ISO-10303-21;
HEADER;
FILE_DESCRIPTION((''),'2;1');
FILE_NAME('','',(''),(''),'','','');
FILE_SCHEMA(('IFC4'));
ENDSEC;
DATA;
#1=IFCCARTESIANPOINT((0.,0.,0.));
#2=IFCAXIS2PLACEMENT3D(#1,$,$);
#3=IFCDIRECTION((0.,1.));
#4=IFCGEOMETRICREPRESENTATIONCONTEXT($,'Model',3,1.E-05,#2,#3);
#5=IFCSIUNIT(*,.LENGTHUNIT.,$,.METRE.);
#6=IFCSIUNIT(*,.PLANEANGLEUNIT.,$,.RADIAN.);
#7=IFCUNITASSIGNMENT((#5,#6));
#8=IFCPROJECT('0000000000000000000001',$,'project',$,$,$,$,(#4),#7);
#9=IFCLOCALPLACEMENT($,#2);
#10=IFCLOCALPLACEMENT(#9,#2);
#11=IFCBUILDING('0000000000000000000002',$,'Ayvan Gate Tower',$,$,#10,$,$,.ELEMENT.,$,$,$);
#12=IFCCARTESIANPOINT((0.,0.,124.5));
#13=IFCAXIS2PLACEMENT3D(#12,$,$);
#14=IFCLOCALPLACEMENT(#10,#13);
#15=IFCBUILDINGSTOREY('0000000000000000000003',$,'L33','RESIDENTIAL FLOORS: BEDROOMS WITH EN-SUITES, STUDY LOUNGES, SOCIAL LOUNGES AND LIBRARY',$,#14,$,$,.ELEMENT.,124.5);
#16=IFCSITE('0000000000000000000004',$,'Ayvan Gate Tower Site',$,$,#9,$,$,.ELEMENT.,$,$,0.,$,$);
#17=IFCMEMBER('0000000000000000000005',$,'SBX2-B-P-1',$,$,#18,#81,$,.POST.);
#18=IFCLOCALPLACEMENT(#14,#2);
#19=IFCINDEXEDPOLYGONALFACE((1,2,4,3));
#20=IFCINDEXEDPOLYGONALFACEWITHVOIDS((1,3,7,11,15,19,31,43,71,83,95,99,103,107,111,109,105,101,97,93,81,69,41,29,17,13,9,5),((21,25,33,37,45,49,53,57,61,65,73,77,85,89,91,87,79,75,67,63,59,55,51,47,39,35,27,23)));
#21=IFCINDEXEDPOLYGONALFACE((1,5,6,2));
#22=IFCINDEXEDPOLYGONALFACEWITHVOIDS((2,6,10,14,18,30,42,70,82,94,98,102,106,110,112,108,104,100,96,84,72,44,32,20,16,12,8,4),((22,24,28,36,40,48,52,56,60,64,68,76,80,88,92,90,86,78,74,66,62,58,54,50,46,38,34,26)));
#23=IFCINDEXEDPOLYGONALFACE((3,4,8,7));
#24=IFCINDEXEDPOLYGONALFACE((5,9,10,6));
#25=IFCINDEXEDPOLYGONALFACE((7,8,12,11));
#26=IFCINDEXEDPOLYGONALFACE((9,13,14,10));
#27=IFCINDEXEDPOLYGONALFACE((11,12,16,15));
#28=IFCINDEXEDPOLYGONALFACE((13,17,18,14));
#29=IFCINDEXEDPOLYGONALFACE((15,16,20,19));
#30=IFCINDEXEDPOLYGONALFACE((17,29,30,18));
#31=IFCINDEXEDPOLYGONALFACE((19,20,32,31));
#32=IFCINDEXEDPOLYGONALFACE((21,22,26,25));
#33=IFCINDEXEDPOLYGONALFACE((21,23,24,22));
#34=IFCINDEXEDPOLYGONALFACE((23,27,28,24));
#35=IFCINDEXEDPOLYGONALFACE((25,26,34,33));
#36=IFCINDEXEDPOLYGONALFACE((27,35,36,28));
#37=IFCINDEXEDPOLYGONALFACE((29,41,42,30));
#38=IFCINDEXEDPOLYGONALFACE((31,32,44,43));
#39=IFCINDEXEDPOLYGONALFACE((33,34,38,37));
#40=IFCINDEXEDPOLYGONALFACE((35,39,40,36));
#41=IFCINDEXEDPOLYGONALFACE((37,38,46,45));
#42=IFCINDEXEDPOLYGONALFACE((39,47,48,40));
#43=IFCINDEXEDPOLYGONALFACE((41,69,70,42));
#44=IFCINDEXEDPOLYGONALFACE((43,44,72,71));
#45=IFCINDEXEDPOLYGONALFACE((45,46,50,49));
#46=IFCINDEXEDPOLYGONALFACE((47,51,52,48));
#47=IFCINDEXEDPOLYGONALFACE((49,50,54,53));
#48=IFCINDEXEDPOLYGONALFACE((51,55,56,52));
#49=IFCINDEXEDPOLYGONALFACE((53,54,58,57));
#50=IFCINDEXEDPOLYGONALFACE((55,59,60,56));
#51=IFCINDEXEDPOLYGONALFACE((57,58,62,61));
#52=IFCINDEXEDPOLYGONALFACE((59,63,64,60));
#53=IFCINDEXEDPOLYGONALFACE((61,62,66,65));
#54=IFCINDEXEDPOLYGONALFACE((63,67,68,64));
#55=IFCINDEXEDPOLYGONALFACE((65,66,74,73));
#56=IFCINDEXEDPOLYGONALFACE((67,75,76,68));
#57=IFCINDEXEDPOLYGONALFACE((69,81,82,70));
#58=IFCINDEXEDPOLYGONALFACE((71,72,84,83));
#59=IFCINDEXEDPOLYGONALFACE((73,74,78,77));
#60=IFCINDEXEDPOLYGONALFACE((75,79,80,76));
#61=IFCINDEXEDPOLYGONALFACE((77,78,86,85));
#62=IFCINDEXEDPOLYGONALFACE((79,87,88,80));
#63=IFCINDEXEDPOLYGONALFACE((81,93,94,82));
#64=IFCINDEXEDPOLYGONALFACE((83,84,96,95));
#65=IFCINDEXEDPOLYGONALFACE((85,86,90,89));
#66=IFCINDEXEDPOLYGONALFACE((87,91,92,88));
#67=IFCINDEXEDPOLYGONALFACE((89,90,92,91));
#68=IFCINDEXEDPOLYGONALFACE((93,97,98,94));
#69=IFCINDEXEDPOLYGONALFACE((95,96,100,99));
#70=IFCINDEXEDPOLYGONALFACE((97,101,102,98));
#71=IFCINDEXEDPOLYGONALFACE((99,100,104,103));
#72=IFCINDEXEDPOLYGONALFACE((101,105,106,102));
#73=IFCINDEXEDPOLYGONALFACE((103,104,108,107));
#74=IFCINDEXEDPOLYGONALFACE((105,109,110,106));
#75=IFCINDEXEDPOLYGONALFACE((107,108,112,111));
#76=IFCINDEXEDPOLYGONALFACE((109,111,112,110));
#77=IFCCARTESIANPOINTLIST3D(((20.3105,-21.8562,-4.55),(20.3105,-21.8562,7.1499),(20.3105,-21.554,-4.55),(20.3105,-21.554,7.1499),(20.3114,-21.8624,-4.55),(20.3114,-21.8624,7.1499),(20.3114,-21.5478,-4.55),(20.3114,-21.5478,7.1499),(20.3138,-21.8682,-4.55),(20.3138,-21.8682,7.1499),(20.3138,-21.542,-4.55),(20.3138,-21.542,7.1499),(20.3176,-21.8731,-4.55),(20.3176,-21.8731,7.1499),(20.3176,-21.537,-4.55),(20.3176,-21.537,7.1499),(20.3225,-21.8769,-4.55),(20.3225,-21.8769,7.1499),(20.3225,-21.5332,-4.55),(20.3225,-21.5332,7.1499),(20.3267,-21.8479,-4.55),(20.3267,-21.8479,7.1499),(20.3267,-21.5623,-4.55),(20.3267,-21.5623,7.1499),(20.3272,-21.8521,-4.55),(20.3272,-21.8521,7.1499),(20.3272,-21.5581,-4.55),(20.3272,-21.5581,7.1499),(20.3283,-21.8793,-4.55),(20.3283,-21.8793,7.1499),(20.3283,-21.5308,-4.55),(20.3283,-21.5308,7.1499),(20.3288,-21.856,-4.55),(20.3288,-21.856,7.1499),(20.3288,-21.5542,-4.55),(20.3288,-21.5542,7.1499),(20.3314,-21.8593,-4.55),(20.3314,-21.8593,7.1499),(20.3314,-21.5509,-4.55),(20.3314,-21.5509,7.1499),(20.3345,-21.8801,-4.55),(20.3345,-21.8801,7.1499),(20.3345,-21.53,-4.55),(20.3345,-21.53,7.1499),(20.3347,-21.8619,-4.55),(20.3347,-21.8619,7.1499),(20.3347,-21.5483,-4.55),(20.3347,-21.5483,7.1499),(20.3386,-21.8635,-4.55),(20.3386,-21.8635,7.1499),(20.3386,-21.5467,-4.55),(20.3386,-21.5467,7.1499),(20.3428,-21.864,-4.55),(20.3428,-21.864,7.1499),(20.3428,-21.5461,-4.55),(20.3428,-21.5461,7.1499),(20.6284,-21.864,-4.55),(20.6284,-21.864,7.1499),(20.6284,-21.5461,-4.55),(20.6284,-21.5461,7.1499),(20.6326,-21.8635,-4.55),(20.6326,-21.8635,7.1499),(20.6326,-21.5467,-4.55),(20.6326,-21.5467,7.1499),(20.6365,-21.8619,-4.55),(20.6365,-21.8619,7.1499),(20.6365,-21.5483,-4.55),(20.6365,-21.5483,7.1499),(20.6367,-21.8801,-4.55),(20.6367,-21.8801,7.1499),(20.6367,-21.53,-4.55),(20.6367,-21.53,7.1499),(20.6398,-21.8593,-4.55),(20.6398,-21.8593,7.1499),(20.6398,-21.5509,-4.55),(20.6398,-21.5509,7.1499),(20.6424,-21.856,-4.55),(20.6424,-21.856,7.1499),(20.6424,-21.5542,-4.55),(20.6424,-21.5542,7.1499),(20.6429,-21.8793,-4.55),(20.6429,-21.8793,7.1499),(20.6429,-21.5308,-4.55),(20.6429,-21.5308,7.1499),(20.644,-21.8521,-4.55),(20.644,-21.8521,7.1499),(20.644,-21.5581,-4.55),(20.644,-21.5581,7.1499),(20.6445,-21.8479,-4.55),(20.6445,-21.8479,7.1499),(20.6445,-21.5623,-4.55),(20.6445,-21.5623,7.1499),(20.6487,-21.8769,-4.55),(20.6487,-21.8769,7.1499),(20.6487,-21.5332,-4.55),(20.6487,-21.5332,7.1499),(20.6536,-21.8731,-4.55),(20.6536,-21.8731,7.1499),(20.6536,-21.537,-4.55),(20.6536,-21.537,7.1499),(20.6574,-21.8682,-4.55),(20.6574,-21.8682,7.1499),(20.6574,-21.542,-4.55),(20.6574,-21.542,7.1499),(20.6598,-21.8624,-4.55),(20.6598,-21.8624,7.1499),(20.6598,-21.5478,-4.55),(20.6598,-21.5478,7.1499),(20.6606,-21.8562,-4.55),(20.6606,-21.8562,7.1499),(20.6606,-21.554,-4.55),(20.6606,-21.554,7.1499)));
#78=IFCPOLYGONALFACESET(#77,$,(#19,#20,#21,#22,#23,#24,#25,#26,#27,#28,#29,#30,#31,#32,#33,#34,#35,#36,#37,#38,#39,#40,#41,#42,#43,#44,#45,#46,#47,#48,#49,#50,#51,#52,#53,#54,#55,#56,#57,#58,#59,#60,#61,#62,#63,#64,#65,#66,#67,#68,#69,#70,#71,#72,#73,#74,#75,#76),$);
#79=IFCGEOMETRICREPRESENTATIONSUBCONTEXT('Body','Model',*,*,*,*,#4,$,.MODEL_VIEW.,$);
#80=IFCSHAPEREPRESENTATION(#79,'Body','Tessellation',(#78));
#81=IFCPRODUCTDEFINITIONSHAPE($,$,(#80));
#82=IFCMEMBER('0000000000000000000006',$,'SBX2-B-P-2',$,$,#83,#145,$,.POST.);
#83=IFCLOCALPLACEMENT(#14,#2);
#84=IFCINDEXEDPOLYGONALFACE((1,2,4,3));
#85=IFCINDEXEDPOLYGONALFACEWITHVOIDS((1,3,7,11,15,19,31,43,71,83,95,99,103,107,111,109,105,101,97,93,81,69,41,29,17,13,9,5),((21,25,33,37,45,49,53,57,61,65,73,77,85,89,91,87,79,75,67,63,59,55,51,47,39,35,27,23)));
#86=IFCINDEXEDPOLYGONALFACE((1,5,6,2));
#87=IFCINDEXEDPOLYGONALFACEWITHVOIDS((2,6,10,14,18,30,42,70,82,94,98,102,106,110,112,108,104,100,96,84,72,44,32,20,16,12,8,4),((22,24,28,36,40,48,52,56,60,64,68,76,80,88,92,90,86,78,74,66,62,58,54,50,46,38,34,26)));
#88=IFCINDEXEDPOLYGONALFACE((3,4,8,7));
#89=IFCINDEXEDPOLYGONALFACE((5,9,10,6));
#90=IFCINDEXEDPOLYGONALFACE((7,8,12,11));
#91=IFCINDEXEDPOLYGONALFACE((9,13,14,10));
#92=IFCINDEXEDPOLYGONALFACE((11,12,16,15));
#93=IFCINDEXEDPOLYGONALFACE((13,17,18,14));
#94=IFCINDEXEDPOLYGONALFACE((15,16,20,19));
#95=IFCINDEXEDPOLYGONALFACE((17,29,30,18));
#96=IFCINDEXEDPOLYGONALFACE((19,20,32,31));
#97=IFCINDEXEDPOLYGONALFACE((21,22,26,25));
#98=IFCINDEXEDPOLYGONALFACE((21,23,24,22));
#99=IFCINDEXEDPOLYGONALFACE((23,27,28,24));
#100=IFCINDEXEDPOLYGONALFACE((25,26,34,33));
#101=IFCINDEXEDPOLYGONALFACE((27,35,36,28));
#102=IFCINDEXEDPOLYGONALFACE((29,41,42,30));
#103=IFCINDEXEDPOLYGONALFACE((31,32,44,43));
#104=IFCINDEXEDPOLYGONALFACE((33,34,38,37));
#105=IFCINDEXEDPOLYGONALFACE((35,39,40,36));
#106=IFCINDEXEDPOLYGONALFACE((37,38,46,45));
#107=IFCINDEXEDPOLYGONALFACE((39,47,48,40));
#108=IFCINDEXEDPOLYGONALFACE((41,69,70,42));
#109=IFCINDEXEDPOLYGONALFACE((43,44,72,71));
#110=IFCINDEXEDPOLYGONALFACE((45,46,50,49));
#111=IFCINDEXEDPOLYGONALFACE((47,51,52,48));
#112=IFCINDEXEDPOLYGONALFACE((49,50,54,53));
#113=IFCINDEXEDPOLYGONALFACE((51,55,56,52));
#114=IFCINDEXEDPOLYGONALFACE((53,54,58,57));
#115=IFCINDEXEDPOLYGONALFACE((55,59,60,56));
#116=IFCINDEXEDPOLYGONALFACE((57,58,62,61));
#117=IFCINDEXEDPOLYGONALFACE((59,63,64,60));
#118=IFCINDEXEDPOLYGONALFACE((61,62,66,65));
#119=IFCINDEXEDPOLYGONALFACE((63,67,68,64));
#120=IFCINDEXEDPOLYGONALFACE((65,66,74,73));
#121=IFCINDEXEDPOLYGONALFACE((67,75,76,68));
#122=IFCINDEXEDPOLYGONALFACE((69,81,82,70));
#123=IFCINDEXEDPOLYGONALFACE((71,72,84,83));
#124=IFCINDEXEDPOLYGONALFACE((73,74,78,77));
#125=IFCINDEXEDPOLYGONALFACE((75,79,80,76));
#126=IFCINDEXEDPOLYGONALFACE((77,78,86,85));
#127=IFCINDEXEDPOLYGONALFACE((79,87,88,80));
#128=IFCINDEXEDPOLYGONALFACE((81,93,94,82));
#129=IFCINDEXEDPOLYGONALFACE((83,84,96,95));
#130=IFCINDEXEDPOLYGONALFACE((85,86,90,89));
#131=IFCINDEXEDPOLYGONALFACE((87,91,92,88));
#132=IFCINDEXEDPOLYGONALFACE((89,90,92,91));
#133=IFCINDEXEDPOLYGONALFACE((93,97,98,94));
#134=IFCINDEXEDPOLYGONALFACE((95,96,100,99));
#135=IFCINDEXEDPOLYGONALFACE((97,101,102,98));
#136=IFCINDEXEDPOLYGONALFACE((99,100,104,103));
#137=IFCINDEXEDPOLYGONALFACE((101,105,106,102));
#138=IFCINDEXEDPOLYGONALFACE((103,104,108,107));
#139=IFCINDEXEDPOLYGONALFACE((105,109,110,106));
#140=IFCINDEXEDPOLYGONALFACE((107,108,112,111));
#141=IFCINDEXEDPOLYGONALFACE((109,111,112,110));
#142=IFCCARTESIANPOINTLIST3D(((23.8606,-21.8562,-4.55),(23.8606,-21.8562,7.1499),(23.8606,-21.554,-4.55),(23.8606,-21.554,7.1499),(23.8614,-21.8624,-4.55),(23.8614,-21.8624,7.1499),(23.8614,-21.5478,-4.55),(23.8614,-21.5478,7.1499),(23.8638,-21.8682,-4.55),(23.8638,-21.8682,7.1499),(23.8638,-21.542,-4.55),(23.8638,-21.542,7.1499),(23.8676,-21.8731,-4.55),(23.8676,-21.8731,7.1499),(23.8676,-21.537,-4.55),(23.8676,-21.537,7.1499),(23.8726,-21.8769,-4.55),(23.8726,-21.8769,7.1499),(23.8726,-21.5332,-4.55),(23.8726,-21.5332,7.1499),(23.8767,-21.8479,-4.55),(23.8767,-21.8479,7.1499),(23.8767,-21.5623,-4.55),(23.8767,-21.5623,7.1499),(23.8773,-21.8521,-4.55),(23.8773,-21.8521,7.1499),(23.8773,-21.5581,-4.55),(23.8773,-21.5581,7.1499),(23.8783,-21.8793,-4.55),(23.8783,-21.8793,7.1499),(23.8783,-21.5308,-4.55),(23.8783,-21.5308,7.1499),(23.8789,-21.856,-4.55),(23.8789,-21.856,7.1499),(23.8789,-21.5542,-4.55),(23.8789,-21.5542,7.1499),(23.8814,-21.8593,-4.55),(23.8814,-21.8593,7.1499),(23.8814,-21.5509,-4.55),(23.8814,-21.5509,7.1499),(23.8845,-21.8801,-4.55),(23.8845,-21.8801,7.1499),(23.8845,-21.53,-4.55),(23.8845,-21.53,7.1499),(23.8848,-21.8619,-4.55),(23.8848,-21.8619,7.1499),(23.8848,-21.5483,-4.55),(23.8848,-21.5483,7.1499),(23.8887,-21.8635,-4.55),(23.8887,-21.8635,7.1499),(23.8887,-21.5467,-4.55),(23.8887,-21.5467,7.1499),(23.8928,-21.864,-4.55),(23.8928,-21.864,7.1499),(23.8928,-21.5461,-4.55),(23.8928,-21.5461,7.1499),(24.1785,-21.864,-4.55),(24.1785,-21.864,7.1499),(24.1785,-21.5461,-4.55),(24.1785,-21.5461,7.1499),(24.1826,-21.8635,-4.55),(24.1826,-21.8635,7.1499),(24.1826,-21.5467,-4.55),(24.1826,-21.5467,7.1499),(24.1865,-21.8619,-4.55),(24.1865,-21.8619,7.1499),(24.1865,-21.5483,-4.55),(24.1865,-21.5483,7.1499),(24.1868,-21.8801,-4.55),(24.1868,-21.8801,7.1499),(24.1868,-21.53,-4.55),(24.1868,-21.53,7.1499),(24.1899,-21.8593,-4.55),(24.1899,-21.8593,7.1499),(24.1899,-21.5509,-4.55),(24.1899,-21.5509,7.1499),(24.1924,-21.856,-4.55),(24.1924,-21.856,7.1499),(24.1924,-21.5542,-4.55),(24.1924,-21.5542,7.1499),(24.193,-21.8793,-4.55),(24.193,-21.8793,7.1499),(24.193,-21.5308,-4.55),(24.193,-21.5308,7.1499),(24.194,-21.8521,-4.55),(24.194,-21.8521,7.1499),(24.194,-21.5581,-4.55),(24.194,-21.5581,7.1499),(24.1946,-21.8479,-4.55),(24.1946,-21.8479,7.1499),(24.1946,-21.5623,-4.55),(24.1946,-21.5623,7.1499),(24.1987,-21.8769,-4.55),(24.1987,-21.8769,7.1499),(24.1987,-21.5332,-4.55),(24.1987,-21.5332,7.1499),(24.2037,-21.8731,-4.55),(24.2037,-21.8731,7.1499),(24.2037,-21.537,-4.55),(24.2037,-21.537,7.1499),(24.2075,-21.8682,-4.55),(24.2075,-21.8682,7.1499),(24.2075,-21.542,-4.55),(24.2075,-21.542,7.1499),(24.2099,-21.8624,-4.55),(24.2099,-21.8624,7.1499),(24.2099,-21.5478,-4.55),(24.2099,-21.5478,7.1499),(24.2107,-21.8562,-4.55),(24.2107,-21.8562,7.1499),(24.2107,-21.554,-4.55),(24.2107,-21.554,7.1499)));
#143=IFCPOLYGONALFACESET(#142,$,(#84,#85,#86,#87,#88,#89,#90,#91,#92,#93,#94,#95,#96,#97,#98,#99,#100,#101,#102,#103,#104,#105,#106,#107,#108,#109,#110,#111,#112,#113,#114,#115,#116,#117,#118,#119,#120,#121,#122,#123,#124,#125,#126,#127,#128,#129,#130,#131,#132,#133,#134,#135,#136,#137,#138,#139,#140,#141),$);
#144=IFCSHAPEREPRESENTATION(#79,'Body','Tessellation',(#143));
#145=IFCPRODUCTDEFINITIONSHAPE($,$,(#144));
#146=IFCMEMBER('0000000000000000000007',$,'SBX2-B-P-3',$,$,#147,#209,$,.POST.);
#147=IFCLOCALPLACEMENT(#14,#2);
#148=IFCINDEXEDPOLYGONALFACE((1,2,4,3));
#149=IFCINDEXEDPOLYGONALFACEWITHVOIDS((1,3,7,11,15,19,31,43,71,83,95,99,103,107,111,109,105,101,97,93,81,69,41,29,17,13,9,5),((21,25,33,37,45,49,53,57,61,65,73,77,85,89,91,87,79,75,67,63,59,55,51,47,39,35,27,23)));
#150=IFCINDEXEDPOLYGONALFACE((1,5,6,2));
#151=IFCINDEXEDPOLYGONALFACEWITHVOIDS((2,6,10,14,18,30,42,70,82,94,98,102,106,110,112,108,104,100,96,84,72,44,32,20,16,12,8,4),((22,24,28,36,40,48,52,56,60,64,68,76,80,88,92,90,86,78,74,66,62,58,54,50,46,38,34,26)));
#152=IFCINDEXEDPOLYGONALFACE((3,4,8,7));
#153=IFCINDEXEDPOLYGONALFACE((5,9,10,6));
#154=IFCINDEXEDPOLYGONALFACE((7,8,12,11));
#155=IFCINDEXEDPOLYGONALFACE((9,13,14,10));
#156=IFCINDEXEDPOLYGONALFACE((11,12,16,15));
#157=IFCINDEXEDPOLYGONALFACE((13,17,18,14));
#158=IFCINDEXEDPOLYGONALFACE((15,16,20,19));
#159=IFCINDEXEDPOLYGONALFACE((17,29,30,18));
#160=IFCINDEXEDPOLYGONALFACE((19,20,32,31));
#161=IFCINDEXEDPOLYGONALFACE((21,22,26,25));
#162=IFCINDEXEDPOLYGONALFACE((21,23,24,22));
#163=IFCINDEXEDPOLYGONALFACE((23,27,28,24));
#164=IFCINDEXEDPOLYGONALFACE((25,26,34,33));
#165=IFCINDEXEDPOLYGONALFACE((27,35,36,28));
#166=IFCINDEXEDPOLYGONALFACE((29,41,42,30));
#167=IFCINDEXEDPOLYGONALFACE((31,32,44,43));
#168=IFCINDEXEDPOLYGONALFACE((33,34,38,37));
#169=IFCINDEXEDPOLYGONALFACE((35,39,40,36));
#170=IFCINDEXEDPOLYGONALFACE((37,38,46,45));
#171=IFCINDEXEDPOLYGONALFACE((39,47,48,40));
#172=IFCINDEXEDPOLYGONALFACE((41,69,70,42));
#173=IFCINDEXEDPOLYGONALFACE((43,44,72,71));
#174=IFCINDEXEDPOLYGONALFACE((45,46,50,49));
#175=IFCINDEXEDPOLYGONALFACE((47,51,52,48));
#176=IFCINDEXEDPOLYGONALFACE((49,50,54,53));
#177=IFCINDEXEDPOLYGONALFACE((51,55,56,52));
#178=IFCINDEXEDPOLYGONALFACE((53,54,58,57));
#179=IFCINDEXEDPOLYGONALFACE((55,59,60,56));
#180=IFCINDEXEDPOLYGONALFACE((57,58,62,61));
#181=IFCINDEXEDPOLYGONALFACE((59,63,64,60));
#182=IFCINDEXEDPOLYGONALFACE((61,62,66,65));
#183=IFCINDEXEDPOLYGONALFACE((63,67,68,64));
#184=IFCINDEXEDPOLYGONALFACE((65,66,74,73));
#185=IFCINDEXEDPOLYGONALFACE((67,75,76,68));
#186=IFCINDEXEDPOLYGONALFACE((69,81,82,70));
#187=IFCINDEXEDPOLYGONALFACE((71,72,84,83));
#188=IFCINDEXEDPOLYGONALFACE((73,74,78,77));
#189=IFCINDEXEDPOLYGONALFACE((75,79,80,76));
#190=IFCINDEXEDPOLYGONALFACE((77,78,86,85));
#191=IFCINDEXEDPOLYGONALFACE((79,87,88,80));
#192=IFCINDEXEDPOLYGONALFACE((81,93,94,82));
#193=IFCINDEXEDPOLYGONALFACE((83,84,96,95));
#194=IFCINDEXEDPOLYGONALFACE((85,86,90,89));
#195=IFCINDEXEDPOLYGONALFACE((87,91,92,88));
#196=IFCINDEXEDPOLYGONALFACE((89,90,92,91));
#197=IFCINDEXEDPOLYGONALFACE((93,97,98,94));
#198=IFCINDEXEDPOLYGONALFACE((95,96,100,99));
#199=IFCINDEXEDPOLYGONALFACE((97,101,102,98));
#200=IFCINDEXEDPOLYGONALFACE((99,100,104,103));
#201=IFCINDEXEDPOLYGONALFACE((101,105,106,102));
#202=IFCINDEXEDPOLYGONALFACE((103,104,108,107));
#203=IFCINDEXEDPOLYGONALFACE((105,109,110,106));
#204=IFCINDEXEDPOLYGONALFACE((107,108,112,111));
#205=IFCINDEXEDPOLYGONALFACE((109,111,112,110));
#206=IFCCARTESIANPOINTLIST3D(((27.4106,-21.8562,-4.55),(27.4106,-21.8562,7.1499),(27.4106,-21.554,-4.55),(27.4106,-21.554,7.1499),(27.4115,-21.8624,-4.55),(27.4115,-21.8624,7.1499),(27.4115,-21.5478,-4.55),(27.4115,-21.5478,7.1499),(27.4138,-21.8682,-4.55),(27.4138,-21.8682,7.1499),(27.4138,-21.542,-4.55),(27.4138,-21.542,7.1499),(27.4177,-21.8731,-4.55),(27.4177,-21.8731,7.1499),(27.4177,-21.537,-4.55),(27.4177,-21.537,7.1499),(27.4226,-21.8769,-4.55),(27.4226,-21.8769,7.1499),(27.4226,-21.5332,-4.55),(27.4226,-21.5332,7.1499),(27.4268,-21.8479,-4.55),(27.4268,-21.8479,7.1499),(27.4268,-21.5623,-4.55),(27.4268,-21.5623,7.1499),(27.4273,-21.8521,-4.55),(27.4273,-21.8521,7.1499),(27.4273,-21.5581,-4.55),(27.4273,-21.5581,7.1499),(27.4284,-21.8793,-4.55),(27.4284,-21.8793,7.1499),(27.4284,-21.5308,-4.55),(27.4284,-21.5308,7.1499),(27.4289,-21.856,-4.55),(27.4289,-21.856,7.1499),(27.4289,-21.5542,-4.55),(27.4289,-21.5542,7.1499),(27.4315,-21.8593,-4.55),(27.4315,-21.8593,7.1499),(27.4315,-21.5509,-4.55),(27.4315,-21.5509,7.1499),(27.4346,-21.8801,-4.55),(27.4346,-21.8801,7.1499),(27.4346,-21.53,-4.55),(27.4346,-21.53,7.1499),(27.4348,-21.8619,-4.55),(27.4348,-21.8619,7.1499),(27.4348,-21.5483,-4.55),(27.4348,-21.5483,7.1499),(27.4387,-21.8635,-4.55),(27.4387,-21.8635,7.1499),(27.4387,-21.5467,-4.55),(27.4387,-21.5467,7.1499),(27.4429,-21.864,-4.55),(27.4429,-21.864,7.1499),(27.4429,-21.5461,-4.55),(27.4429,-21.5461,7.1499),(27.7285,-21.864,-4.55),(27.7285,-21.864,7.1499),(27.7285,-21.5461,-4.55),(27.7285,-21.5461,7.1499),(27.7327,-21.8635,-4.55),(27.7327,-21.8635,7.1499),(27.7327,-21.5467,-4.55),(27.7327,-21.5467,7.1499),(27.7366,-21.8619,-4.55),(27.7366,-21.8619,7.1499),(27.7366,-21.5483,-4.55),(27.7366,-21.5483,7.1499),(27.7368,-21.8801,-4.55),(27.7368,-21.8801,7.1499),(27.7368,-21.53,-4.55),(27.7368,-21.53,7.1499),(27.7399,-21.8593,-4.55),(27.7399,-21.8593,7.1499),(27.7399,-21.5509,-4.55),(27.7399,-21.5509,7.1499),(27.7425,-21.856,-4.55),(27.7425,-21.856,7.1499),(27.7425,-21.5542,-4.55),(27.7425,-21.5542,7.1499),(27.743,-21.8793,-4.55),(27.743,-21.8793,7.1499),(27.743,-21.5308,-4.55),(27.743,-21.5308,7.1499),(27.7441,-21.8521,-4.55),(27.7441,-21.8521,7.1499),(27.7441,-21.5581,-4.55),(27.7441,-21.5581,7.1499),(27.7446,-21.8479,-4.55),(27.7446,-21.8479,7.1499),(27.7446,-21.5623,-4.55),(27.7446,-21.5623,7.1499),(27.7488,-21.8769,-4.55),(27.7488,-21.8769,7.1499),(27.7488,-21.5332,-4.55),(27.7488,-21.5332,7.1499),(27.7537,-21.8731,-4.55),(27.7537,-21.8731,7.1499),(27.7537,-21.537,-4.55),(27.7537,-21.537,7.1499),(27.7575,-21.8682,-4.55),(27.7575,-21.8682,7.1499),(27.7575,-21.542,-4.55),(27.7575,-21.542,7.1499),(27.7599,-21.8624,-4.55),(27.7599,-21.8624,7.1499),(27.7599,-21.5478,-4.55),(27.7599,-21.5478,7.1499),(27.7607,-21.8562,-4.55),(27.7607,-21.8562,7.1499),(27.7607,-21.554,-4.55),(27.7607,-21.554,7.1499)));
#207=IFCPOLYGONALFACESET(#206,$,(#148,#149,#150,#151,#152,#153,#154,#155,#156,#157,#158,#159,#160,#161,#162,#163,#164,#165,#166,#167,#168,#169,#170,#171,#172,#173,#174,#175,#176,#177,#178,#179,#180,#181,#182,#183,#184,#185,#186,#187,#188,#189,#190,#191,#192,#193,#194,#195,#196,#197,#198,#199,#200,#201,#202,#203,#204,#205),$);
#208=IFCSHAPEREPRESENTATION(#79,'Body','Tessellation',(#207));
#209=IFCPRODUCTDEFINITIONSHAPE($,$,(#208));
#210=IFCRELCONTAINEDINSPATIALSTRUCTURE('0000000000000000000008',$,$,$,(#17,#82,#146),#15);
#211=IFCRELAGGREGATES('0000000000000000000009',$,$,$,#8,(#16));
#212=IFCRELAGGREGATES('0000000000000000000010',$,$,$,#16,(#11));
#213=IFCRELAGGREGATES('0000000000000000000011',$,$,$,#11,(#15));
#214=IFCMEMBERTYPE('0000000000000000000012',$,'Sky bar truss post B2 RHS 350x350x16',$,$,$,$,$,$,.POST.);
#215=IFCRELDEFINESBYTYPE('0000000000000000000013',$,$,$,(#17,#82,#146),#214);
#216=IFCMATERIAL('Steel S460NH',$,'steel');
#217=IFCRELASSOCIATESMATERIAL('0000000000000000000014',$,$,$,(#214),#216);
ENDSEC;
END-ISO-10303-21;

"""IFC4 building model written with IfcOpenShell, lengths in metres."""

from ifc_helpers import new_model, si_unit, direction, frame, origin, origin_2d, place, context, subcontext, project, spatial, hollow_rectangle, extrude, material, material_profile, profile_set, type_object, element, save


model = new_model("IFC4")

# Units and contexts
model_context = context("Model", 3, precision=1e-05, world=origin(), true_north=direction((0.0, 1.0)))
body_context = subcontext(model_context, "Body", "Model", "MODEL_VIEW")
ifc_project = project(units=[si_unit("LENGTHUNIT", "METRE"), si_unit("PLANEANGLEUNIT", "RADIAN")], contexts=[model_context])

# Site, building, storey
site_placement = place(None, origin())
site = spatial("IfcSite", under=ifc_project, at=site_placement, Name="Ayvan Gate Tower Site", CompositionType="ELEMENT", RefElevation=0.0)
building_placement = place(site_placement, origin())
building = spatial("IfcBuilding", under=site, at=building_placement, Name="Ayvan Gate Tower", CompositionType="ELEMENT")
storey_placement = place(building_placement, frame((0.0, 0.0, 124.5)))
storey = spatial("IfcBuildingStorey", under=building, at=storey_placement, Name="L33", Description="RESIDENTIAL FLOORS: BEDROOMS WITH EN-SUITES, STUDY LOUNGES, SOCIAL LOUNGES AND LIBRARY", CompositionType="ELEMENT", Elevation=124.5)

# Members
ifc_material_1 = material(Name="Steel S460NH", Category="steel")
ifc_material_profile_1 = material_profile(ifc_material_1, hollow_rectangle(XDim=0.3501, YDim=0.3501, WallThickness=0.0161, InnerFilletRadius=0.0161, OuterFilletRadius=0.0239, at=origin_2d()), Name="RHS 350x350x16")
ifc_profile_set_1 = profile_set([ifc_material_profile_1], Name="Steel S460NH")
member_type_1 = type_object("IfcMemberType", Name="Sky bar truss post B2 RHS 350x350x16", PredefinedType="POST", material=ifc_profile_set_1)
for number, where, z_axis, x_axis, name in (
    (1, (20.4856, -21.7051, -4.55), (0.0, 0.0, 1.0), (1.0, 0.0, 0.0), "SBX2-B-P-1"),
    (2, (24.0356, -21.7051, -4.55), (0.0, 0.0, 1.0), (1.0, 0.0, 0.0), "SBX2-B-P-2"),
    (3, (27.5857, -21.7051, -4.55), (0.0, 0.0, 1.0), (1.0, 0.0, 0.0), "SBX2-B-P-3"),
):
    element("IfcMember", number, at=place(storey_placement, frame(where, z_axis=z_axis, x_axis=x_axis)), inside=storey, type_object=member_type_1, Name=name, PredefinedType="POST", context=body_context, shape_type="SweptSolid", body=[
        extrude(hollow_rectangle(XDim=0.3501, YDim=0.3501, WallThickness=0.0161, InnerFilletRadius=0.0161, OuterFilletRadius=0.0239, at=origin_2d()), origin(), (0.0, 0.0, 1.0), 11.7),
    ])

save(model, "model.ifc")
